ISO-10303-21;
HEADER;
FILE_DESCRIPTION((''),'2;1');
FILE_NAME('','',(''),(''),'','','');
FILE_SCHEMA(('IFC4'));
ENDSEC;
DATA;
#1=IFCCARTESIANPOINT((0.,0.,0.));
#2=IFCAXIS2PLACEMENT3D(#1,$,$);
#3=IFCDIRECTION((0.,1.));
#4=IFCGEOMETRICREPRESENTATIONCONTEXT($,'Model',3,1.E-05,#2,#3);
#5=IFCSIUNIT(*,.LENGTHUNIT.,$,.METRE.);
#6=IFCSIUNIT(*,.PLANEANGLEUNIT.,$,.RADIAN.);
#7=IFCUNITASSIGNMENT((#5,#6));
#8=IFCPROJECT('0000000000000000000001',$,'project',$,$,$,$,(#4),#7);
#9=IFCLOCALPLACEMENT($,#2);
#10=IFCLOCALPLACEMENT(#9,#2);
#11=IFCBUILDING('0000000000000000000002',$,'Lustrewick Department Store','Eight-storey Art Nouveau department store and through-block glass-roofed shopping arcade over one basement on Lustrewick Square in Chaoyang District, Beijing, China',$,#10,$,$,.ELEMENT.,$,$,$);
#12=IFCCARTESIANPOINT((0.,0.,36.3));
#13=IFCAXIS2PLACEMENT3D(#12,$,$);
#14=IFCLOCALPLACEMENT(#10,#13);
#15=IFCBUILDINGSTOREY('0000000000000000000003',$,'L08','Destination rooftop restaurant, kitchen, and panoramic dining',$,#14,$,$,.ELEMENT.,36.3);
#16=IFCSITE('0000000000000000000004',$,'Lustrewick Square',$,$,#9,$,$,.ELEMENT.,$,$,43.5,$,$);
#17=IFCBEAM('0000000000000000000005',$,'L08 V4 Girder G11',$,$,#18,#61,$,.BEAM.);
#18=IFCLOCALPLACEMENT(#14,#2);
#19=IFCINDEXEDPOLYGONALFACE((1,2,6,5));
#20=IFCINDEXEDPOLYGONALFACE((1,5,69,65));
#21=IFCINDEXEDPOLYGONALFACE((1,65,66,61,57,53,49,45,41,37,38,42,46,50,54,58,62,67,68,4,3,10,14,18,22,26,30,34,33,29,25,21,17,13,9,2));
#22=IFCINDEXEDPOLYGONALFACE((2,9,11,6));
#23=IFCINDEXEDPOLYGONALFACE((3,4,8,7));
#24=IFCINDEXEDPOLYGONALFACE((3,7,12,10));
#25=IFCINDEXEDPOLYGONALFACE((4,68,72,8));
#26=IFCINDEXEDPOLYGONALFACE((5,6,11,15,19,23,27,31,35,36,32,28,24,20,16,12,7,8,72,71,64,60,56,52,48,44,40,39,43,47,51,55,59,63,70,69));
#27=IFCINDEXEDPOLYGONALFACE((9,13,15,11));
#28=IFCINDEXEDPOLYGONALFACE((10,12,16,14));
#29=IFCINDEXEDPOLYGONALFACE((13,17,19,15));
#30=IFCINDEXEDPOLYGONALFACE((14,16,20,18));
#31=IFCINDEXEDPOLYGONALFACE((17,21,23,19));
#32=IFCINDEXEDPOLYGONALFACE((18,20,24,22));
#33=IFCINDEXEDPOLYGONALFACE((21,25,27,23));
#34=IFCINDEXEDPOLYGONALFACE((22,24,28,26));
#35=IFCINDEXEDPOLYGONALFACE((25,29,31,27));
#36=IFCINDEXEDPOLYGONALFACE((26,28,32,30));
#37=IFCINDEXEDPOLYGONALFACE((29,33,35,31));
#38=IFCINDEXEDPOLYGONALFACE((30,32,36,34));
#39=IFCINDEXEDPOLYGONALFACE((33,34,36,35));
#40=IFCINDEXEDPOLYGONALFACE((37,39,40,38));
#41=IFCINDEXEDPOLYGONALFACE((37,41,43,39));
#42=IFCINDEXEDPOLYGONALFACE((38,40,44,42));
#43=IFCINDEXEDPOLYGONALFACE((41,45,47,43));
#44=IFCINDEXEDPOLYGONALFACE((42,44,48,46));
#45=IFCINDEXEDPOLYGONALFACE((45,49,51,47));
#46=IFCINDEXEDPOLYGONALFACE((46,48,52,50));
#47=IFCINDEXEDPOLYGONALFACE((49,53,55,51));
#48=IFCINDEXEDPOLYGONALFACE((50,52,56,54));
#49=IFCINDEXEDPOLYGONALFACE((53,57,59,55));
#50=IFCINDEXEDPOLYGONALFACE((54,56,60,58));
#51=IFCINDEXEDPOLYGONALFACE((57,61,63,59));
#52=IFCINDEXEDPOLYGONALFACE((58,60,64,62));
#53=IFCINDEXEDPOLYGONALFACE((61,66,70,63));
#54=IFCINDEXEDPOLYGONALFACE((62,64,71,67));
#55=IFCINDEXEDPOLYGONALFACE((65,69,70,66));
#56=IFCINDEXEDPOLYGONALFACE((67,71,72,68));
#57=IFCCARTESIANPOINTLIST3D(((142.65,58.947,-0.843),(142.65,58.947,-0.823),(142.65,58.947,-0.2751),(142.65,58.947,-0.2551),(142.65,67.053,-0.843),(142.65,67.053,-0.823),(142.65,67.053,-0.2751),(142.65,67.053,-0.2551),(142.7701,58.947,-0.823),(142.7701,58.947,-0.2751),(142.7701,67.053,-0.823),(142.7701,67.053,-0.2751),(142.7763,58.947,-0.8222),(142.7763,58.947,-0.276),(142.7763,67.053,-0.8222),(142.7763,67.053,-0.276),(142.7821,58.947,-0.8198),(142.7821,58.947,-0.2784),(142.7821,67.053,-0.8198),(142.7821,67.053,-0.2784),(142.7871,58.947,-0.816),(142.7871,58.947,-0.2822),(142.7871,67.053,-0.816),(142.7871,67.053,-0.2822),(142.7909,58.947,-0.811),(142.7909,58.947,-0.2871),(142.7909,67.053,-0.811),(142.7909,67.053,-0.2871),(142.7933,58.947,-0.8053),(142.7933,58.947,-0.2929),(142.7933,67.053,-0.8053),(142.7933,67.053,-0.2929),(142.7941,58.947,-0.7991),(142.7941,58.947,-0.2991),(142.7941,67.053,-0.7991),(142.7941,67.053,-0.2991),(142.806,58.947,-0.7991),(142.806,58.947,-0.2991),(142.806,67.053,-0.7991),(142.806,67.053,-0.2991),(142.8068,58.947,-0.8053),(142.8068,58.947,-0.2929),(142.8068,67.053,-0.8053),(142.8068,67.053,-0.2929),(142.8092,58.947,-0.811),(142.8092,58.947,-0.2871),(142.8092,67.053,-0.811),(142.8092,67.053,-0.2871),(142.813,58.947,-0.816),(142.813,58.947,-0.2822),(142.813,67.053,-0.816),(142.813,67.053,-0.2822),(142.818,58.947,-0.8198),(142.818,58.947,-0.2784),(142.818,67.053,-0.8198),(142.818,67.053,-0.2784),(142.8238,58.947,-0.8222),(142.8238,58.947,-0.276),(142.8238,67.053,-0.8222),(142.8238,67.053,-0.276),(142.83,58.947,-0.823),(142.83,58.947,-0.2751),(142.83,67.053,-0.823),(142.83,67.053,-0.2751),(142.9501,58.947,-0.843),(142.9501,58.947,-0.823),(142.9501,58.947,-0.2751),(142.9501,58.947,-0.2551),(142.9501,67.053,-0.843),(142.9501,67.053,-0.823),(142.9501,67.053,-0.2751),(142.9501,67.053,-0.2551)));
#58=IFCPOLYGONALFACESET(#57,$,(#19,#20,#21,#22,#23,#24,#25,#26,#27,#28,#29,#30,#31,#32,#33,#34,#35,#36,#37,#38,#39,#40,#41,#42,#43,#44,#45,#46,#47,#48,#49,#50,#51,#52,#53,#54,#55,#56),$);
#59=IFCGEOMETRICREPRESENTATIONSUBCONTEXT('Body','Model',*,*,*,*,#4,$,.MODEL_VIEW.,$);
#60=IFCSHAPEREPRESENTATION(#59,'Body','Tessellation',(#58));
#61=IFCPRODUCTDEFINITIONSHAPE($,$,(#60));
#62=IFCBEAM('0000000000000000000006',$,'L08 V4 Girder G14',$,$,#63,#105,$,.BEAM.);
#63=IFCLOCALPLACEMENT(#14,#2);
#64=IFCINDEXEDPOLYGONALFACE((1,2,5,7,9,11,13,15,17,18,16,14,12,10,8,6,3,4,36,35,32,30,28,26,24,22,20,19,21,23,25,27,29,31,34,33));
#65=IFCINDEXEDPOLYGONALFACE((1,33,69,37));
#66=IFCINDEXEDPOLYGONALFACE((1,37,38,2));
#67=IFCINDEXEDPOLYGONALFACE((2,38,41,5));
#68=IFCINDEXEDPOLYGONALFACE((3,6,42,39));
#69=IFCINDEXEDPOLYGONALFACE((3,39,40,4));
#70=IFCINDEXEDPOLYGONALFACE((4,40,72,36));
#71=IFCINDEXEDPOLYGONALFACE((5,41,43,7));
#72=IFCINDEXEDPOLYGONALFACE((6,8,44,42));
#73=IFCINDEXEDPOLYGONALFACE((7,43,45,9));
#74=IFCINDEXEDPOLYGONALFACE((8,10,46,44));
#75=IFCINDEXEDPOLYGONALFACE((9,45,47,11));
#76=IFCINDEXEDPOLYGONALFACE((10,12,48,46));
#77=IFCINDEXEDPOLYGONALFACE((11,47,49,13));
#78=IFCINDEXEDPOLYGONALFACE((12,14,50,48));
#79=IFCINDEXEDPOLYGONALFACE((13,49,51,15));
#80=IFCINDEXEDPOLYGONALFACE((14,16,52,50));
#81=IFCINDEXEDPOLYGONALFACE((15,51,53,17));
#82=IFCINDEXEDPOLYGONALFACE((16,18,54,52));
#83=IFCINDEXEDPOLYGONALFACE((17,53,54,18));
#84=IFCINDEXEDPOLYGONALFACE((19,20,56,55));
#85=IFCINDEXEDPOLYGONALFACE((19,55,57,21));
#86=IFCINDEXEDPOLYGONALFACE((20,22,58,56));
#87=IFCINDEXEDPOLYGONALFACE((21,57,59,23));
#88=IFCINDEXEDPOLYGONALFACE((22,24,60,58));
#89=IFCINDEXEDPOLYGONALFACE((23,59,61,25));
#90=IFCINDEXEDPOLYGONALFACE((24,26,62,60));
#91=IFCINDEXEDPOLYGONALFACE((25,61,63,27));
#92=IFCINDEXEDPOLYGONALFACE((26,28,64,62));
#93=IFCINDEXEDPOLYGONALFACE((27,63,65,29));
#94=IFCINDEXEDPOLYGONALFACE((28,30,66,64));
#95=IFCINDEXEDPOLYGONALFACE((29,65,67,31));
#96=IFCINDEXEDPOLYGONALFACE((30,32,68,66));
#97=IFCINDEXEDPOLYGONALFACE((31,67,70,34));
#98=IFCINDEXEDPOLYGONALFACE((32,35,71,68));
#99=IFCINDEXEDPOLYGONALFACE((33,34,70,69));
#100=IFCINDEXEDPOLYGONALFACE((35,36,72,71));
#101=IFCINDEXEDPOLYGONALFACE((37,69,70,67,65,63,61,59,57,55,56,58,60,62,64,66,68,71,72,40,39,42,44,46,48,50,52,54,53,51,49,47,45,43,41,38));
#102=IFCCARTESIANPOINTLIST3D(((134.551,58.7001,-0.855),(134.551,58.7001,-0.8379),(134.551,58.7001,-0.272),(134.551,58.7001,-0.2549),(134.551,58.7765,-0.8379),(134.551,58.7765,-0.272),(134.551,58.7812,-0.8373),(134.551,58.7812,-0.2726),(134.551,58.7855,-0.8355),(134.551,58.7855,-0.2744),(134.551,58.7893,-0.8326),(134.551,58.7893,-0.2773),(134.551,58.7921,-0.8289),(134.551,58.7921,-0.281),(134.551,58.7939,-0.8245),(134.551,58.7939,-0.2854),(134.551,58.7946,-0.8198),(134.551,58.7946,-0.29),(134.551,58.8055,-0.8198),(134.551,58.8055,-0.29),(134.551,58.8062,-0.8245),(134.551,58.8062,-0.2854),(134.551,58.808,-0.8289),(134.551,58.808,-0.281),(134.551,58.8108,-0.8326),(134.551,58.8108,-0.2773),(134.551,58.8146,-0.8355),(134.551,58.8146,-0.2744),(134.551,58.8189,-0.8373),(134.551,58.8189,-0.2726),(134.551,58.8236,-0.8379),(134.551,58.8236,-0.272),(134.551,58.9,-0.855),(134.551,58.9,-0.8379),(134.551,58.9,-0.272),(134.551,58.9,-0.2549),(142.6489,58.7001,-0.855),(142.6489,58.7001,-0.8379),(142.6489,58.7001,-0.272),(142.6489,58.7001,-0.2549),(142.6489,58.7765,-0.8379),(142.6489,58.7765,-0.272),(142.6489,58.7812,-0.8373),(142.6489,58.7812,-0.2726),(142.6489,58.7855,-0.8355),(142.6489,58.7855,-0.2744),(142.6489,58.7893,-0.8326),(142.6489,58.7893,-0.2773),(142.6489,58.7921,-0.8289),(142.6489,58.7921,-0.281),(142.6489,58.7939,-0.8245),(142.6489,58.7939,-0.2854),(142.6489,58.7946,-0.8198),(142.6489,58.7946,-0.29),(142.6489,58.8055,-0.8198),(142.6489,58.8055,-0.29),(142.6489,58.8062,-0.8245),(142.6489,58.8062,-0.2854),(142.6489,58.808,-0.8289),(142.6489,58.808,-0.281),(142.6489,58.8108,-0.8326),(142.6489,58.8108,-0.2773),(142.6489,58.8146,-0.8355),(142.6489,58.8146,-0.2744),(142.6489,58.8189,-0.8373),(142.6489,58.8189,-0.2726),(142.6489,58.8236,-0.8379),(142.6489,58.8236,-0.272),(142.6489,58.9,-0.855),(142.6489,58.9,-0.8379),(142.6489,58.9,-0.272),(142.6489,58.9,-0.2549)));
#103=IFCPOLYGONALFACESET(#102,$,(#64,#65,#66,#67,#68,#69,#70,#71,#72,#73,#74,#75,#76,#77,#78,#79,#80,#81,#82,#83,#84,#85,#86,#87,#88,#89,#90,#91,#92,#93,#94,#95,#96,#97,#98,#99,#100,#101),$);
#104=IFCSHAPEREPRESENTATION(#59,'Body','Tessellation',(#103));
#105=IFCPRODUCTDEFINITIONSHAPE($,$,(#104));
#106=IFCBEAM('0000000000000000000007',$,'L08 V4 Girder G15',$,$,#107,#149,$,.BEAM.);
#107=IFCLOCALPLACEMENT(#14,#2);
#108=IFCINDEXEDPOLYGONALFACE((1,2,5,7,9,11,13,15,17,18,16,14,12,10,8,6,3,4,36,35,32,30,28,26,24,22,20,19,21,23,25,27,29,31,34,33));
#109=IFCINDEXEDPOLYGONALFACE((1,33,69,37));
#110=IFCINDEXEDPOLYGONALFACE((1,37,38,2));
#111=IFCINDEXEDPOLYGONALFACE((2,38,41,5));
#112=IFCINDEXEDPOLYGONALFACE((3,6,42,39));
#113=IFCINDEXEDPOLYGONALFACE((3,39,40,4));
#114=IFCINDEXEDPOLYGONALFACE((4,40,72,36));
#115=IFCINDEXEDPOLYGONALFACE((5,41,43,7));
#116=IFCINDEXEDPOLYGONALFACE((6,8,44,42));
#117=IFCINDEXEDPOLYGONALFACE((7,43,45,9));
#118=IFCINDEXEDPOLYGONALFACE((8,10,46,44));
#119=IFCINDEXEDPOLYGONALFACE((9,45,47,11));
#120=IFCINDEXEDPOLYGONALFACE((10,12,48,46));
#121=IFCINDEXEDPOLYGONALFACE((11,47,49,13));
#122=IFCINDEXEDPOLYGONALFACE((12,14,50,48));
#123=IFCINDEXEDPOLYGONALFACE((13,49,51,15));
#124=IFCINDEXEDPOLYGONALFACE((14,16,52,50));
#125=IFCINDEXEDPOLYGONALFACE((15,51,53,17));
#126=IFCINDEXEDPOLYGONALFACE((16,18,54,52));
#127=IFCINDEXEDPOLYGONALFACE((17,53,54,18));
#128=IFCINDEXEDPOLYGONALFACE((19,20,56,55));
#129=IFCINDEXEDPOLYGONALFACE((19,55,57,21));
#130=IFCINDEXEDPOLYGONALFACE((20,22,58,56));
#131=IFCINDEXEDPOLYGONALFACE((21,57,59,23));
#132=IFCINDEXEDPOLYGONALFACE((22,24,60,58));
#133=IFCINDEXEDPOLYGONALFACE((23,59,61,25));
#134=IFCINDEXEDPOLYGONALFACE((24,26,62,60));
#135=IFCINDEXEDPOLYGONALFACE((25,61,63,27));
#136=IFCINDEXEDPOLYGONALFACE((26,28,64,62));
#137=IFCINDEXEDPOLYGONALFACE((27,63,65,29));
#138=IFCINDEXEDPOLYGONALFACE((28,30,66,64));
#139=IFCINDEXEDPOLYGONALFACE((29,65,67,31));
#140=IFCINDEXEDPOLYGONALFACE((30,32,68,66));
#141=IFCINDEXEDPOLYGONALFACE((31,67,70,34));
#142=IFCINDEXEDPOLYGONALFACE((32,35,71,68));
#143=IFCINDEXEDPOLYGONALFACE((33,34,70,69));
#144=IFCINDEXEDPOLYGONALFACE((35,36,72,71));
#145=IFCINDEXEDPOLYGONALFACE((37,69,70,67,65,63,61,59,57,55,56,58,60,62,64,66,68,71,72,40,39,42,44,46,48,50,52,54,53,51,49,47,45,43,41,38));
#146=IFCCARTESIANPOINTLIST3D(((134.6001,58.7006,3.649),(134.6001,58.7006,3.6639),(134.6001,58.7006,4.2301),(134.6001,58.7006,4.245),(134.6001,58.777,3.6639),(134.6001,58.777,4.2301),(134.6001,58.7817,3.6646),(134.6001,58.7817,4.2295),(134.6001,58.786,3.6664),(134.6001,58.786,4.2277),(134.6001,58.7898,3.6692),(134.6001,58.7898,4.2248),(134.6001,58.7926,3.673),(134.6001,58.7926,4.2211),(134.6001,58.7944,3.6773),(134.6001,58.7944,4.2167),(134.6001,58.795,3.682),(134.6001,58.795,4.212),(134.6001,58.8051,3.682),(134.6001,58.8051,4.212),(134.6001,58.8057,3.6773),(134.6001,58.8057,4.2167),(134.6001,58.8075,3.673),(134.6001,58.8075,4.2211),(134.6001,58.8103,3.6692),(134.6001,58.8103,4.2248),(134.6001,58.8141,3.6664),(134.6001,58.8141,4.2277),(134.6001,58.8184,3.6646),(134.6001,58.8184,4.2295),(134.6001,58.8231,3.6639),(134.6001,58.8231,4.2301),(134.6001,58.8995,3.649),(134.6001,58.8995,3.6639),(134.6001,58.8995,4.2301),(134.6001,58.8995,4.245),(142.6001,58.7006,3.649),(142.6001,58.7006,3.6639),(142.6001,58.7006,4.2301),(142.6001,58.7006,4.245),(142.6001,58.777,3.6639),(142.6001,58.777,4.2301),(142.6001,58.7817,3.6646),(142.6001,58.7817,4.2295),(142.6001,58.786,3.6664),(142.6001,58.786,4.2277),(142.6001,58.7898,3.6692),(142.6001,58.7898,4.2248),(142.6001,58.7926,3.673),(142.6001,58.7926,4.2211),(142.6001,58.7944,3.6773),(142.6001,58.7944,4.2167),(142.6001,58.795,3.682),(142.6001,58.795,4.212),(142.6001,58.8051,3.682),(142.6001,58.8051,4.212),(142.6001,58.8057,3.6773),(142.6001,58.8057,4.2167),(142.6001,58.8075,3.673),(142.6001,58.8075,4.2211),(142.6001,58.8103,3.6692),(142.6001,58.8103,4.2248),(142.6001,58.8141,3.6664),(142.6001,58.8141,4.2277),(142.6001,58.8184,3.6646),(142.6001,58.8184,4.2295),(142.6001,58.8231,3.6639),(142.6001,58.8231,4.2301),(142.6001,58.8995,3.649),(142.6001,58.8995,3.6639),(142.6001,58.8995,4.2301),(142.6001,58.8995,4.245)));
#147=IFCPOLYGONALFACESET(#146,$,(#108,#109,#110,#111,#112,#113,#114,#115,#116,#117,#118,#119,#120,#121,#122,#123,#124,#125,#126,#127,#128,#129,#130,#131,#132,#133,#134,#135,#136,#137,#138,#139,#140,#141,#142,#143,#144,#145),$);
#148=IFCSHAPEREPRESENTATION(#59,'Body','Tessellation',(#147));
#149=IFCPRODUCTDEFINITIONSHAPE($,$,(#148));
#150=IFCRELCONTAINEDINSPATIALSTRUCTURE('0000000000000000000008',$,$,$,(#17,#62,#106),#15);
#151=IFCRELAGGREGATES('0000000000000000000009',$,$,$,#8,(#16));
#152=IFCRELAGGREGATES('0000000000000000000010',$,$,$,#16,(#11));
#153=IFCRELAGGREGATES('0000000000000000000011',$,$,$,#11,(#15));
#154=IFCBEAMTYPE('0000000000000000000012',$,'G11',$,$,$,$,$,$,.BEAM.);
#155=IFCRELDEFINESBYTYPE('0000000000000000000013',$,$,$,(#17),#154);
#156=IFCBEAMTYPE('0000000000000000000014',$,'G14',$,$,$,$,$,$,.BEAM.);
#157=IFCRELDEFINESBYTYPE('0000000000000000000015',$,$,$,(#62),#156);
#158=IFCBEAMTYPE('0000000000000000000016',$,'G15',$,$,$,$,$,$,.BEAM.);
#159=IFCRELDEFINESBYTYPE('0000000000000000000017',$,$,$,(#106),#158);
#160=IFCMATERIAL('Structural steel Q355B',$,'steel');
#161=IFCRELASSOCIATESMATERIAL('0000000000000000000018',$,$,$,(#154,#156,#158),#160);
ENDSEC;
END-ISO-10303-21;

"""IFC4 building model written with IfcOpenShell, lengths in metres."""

from ifc_helpers import new_model, si_unit, direction, frame, origin, origin_2d, place, context, subcontext, project, spatial, i_section, extrude, material, material_profile, profile_set, type_object, element, save


model = new_model("IFC4")

# Units and contexts
model_context = context("Model", 3, precision=1e-05, world=origin(), true_north=direction((0.0, 1.0)))
body_context = subcontext(model_context, "Body", "Model", "MODEL_VIEW")
ifc_project = project(units=[si_unit("LENGTHUNIT", "METRE"), si_unit("PLANEANGLEUNIT", "RADIAN")], contexts=[model_context])

# Site, building, storey
site_placement = place(None, origin())
site = spatial("IfcSite", under=ifc_project, at=site_placement, Name="Lustrewick Square", CompositionType="ELEMENT", RefElevation=43.5)
building_placement = place(site_placement, origin())
building = spatial("IfcBuilding", under=site, at=building_placement, Name="Lustrewick Department Store", Description="Eight-storey Art Nouveau department store and through-block glass-roofed shopping arcade over one basement on Lustrewick Square in Chaoyang District, Beijing, China", CompositionType="ELEMENT")
storey_placement = place(building_placement, frame((0.0, 0.0, 36.3)))
storey = spatial("IfcBuildingStorey", under=building, at=storey_placement, Name="L08", Description="Destination rooftop restaurant, kitchen, and panoramic dining", CompositionType="ELEMENT", Elevation=36.3)

# Shared definitions
ifc_material_1 = material(Name="Structural steel Q355B", Category="steel")

# Beams
ifc_material_profile_1 = material_profile(ifc_material_1, i_section(OverallWidth=0.3, OverallDepth=0.5879, WebThickness=0.012, FlangeThickness=0.02, FilletRadius=0.0239, at=origin_2d()), Name="HM 588x300x12x20")
ifc_profile_set_1 = profile_set([ifc_material_profile_1], Name="Structural steel Q355B")
beam_type_1 = type_object("IfcBeamType", Name="G11", PredefinedType="BEAM", material=ifc_profile_set_1)
beam_1_placement = place(storey_placement, frame((142.8, 58.947, -0.5491), z_axis=(0.0, 1.0, 0.0), x_axis=(-1.0, 0.0, 0.0)))
element("IfcBeam", 1, at=beam_1_placement, inside=storey, type_object=beam_type_1, Name="L08 V4 Girder G11", PredefinedType="BEAM", context=body_context, shape_type="SweptSolid", body=[
    extrude(i_section(OverallWidth=0.3, OverallDepth=0.5879, WebThickness=0.012, FlangeThickness=0.02, FilletRadius=0.0239, at=origin_2d()), origin(), (0.0, 0.0, 1.0), 8.106),
])
ifc_material_profile_2 = material_profile(ifc_material_1, i_section(OverallWidth=0.2, OverallDepth=0.6001, WebThickness=0.011, FlangeThickness=0.0171, FilletRadius=0.0181, at=origin_2d()), Name="HN 600x200x11x17")
ifc_profile_set_2 = profile_set([ifc_material_profile_2], Name="Structural steel Q355B")
beam_type_2 = type_object("IfcBeamType", Name="G14", PredefinedType="BEAM", material=ifc_profile_set_2)
beam_2_placement = place(storey_placement, frame((134.551, 58.8, -0.5549), z_axis=(1.0, 0.0, 0.0), x_axis=(0.0, 1.0, 0.0)))
element("IfcBeam", 2, at=beam_2_placement, inside=storey, type_object=beam_type_2, Name="L08 V4 Girder G14", PredefinedType="BEAM", context=body_context, shape_type="SweptSolid", body=[
    extrude(i_section(OverallWidth=0.2, OverallDepth=0.6001, WebThickness=0.011, FlangeThickness=0.0171, FilletRadius=0.0181, at=origin_2d()), origin(), (0.0, 0.0, 1.0), 8.0979),
])
ifc_material_profile_3 = material_profile(ifc_material_1, i_section(OverallWidth=0.199, OverallDepth=0.5959, WebThickness=0.01, FlangeThickness=0.0149, FilletRadius=0.0181, at=origin_2d()), Name="HN 596x199x10x15")
ifc_profile_set_3 = profile_set([ifc_material_profile_3], Name="Structural steel Q355B")
beam_type_3 = type_object("IfcBeamType", Name="G15", PredefinedType="BEAM", material=ifc_profile_set_3)
beam_3_placement = place(storey_placement, frame((134.6001, 58.8, 3.947), z_axis=(1.0, 0.0, 0.0), x_axis=(0.0, 1.0, 0.0)))
element("IfcBeam", 3, at=beam_3_placement, inside=storey, type_object=beam_type_3, Name="L08 V4 Girder G15", PredefinedType="BEAM", context=body_context, shape_type="SweptSolid", body=[
    extrude(i_section(OverallWidth=0.199, OverallDepth=0.5959, WebThickness=0.01, FlangeThickness=0.0149, FilletRadius=0.0181, at=origin_2d()), origin(), (0.0, 0.0, 1.0), 8.0),
])

save(model, "model.ifc")
